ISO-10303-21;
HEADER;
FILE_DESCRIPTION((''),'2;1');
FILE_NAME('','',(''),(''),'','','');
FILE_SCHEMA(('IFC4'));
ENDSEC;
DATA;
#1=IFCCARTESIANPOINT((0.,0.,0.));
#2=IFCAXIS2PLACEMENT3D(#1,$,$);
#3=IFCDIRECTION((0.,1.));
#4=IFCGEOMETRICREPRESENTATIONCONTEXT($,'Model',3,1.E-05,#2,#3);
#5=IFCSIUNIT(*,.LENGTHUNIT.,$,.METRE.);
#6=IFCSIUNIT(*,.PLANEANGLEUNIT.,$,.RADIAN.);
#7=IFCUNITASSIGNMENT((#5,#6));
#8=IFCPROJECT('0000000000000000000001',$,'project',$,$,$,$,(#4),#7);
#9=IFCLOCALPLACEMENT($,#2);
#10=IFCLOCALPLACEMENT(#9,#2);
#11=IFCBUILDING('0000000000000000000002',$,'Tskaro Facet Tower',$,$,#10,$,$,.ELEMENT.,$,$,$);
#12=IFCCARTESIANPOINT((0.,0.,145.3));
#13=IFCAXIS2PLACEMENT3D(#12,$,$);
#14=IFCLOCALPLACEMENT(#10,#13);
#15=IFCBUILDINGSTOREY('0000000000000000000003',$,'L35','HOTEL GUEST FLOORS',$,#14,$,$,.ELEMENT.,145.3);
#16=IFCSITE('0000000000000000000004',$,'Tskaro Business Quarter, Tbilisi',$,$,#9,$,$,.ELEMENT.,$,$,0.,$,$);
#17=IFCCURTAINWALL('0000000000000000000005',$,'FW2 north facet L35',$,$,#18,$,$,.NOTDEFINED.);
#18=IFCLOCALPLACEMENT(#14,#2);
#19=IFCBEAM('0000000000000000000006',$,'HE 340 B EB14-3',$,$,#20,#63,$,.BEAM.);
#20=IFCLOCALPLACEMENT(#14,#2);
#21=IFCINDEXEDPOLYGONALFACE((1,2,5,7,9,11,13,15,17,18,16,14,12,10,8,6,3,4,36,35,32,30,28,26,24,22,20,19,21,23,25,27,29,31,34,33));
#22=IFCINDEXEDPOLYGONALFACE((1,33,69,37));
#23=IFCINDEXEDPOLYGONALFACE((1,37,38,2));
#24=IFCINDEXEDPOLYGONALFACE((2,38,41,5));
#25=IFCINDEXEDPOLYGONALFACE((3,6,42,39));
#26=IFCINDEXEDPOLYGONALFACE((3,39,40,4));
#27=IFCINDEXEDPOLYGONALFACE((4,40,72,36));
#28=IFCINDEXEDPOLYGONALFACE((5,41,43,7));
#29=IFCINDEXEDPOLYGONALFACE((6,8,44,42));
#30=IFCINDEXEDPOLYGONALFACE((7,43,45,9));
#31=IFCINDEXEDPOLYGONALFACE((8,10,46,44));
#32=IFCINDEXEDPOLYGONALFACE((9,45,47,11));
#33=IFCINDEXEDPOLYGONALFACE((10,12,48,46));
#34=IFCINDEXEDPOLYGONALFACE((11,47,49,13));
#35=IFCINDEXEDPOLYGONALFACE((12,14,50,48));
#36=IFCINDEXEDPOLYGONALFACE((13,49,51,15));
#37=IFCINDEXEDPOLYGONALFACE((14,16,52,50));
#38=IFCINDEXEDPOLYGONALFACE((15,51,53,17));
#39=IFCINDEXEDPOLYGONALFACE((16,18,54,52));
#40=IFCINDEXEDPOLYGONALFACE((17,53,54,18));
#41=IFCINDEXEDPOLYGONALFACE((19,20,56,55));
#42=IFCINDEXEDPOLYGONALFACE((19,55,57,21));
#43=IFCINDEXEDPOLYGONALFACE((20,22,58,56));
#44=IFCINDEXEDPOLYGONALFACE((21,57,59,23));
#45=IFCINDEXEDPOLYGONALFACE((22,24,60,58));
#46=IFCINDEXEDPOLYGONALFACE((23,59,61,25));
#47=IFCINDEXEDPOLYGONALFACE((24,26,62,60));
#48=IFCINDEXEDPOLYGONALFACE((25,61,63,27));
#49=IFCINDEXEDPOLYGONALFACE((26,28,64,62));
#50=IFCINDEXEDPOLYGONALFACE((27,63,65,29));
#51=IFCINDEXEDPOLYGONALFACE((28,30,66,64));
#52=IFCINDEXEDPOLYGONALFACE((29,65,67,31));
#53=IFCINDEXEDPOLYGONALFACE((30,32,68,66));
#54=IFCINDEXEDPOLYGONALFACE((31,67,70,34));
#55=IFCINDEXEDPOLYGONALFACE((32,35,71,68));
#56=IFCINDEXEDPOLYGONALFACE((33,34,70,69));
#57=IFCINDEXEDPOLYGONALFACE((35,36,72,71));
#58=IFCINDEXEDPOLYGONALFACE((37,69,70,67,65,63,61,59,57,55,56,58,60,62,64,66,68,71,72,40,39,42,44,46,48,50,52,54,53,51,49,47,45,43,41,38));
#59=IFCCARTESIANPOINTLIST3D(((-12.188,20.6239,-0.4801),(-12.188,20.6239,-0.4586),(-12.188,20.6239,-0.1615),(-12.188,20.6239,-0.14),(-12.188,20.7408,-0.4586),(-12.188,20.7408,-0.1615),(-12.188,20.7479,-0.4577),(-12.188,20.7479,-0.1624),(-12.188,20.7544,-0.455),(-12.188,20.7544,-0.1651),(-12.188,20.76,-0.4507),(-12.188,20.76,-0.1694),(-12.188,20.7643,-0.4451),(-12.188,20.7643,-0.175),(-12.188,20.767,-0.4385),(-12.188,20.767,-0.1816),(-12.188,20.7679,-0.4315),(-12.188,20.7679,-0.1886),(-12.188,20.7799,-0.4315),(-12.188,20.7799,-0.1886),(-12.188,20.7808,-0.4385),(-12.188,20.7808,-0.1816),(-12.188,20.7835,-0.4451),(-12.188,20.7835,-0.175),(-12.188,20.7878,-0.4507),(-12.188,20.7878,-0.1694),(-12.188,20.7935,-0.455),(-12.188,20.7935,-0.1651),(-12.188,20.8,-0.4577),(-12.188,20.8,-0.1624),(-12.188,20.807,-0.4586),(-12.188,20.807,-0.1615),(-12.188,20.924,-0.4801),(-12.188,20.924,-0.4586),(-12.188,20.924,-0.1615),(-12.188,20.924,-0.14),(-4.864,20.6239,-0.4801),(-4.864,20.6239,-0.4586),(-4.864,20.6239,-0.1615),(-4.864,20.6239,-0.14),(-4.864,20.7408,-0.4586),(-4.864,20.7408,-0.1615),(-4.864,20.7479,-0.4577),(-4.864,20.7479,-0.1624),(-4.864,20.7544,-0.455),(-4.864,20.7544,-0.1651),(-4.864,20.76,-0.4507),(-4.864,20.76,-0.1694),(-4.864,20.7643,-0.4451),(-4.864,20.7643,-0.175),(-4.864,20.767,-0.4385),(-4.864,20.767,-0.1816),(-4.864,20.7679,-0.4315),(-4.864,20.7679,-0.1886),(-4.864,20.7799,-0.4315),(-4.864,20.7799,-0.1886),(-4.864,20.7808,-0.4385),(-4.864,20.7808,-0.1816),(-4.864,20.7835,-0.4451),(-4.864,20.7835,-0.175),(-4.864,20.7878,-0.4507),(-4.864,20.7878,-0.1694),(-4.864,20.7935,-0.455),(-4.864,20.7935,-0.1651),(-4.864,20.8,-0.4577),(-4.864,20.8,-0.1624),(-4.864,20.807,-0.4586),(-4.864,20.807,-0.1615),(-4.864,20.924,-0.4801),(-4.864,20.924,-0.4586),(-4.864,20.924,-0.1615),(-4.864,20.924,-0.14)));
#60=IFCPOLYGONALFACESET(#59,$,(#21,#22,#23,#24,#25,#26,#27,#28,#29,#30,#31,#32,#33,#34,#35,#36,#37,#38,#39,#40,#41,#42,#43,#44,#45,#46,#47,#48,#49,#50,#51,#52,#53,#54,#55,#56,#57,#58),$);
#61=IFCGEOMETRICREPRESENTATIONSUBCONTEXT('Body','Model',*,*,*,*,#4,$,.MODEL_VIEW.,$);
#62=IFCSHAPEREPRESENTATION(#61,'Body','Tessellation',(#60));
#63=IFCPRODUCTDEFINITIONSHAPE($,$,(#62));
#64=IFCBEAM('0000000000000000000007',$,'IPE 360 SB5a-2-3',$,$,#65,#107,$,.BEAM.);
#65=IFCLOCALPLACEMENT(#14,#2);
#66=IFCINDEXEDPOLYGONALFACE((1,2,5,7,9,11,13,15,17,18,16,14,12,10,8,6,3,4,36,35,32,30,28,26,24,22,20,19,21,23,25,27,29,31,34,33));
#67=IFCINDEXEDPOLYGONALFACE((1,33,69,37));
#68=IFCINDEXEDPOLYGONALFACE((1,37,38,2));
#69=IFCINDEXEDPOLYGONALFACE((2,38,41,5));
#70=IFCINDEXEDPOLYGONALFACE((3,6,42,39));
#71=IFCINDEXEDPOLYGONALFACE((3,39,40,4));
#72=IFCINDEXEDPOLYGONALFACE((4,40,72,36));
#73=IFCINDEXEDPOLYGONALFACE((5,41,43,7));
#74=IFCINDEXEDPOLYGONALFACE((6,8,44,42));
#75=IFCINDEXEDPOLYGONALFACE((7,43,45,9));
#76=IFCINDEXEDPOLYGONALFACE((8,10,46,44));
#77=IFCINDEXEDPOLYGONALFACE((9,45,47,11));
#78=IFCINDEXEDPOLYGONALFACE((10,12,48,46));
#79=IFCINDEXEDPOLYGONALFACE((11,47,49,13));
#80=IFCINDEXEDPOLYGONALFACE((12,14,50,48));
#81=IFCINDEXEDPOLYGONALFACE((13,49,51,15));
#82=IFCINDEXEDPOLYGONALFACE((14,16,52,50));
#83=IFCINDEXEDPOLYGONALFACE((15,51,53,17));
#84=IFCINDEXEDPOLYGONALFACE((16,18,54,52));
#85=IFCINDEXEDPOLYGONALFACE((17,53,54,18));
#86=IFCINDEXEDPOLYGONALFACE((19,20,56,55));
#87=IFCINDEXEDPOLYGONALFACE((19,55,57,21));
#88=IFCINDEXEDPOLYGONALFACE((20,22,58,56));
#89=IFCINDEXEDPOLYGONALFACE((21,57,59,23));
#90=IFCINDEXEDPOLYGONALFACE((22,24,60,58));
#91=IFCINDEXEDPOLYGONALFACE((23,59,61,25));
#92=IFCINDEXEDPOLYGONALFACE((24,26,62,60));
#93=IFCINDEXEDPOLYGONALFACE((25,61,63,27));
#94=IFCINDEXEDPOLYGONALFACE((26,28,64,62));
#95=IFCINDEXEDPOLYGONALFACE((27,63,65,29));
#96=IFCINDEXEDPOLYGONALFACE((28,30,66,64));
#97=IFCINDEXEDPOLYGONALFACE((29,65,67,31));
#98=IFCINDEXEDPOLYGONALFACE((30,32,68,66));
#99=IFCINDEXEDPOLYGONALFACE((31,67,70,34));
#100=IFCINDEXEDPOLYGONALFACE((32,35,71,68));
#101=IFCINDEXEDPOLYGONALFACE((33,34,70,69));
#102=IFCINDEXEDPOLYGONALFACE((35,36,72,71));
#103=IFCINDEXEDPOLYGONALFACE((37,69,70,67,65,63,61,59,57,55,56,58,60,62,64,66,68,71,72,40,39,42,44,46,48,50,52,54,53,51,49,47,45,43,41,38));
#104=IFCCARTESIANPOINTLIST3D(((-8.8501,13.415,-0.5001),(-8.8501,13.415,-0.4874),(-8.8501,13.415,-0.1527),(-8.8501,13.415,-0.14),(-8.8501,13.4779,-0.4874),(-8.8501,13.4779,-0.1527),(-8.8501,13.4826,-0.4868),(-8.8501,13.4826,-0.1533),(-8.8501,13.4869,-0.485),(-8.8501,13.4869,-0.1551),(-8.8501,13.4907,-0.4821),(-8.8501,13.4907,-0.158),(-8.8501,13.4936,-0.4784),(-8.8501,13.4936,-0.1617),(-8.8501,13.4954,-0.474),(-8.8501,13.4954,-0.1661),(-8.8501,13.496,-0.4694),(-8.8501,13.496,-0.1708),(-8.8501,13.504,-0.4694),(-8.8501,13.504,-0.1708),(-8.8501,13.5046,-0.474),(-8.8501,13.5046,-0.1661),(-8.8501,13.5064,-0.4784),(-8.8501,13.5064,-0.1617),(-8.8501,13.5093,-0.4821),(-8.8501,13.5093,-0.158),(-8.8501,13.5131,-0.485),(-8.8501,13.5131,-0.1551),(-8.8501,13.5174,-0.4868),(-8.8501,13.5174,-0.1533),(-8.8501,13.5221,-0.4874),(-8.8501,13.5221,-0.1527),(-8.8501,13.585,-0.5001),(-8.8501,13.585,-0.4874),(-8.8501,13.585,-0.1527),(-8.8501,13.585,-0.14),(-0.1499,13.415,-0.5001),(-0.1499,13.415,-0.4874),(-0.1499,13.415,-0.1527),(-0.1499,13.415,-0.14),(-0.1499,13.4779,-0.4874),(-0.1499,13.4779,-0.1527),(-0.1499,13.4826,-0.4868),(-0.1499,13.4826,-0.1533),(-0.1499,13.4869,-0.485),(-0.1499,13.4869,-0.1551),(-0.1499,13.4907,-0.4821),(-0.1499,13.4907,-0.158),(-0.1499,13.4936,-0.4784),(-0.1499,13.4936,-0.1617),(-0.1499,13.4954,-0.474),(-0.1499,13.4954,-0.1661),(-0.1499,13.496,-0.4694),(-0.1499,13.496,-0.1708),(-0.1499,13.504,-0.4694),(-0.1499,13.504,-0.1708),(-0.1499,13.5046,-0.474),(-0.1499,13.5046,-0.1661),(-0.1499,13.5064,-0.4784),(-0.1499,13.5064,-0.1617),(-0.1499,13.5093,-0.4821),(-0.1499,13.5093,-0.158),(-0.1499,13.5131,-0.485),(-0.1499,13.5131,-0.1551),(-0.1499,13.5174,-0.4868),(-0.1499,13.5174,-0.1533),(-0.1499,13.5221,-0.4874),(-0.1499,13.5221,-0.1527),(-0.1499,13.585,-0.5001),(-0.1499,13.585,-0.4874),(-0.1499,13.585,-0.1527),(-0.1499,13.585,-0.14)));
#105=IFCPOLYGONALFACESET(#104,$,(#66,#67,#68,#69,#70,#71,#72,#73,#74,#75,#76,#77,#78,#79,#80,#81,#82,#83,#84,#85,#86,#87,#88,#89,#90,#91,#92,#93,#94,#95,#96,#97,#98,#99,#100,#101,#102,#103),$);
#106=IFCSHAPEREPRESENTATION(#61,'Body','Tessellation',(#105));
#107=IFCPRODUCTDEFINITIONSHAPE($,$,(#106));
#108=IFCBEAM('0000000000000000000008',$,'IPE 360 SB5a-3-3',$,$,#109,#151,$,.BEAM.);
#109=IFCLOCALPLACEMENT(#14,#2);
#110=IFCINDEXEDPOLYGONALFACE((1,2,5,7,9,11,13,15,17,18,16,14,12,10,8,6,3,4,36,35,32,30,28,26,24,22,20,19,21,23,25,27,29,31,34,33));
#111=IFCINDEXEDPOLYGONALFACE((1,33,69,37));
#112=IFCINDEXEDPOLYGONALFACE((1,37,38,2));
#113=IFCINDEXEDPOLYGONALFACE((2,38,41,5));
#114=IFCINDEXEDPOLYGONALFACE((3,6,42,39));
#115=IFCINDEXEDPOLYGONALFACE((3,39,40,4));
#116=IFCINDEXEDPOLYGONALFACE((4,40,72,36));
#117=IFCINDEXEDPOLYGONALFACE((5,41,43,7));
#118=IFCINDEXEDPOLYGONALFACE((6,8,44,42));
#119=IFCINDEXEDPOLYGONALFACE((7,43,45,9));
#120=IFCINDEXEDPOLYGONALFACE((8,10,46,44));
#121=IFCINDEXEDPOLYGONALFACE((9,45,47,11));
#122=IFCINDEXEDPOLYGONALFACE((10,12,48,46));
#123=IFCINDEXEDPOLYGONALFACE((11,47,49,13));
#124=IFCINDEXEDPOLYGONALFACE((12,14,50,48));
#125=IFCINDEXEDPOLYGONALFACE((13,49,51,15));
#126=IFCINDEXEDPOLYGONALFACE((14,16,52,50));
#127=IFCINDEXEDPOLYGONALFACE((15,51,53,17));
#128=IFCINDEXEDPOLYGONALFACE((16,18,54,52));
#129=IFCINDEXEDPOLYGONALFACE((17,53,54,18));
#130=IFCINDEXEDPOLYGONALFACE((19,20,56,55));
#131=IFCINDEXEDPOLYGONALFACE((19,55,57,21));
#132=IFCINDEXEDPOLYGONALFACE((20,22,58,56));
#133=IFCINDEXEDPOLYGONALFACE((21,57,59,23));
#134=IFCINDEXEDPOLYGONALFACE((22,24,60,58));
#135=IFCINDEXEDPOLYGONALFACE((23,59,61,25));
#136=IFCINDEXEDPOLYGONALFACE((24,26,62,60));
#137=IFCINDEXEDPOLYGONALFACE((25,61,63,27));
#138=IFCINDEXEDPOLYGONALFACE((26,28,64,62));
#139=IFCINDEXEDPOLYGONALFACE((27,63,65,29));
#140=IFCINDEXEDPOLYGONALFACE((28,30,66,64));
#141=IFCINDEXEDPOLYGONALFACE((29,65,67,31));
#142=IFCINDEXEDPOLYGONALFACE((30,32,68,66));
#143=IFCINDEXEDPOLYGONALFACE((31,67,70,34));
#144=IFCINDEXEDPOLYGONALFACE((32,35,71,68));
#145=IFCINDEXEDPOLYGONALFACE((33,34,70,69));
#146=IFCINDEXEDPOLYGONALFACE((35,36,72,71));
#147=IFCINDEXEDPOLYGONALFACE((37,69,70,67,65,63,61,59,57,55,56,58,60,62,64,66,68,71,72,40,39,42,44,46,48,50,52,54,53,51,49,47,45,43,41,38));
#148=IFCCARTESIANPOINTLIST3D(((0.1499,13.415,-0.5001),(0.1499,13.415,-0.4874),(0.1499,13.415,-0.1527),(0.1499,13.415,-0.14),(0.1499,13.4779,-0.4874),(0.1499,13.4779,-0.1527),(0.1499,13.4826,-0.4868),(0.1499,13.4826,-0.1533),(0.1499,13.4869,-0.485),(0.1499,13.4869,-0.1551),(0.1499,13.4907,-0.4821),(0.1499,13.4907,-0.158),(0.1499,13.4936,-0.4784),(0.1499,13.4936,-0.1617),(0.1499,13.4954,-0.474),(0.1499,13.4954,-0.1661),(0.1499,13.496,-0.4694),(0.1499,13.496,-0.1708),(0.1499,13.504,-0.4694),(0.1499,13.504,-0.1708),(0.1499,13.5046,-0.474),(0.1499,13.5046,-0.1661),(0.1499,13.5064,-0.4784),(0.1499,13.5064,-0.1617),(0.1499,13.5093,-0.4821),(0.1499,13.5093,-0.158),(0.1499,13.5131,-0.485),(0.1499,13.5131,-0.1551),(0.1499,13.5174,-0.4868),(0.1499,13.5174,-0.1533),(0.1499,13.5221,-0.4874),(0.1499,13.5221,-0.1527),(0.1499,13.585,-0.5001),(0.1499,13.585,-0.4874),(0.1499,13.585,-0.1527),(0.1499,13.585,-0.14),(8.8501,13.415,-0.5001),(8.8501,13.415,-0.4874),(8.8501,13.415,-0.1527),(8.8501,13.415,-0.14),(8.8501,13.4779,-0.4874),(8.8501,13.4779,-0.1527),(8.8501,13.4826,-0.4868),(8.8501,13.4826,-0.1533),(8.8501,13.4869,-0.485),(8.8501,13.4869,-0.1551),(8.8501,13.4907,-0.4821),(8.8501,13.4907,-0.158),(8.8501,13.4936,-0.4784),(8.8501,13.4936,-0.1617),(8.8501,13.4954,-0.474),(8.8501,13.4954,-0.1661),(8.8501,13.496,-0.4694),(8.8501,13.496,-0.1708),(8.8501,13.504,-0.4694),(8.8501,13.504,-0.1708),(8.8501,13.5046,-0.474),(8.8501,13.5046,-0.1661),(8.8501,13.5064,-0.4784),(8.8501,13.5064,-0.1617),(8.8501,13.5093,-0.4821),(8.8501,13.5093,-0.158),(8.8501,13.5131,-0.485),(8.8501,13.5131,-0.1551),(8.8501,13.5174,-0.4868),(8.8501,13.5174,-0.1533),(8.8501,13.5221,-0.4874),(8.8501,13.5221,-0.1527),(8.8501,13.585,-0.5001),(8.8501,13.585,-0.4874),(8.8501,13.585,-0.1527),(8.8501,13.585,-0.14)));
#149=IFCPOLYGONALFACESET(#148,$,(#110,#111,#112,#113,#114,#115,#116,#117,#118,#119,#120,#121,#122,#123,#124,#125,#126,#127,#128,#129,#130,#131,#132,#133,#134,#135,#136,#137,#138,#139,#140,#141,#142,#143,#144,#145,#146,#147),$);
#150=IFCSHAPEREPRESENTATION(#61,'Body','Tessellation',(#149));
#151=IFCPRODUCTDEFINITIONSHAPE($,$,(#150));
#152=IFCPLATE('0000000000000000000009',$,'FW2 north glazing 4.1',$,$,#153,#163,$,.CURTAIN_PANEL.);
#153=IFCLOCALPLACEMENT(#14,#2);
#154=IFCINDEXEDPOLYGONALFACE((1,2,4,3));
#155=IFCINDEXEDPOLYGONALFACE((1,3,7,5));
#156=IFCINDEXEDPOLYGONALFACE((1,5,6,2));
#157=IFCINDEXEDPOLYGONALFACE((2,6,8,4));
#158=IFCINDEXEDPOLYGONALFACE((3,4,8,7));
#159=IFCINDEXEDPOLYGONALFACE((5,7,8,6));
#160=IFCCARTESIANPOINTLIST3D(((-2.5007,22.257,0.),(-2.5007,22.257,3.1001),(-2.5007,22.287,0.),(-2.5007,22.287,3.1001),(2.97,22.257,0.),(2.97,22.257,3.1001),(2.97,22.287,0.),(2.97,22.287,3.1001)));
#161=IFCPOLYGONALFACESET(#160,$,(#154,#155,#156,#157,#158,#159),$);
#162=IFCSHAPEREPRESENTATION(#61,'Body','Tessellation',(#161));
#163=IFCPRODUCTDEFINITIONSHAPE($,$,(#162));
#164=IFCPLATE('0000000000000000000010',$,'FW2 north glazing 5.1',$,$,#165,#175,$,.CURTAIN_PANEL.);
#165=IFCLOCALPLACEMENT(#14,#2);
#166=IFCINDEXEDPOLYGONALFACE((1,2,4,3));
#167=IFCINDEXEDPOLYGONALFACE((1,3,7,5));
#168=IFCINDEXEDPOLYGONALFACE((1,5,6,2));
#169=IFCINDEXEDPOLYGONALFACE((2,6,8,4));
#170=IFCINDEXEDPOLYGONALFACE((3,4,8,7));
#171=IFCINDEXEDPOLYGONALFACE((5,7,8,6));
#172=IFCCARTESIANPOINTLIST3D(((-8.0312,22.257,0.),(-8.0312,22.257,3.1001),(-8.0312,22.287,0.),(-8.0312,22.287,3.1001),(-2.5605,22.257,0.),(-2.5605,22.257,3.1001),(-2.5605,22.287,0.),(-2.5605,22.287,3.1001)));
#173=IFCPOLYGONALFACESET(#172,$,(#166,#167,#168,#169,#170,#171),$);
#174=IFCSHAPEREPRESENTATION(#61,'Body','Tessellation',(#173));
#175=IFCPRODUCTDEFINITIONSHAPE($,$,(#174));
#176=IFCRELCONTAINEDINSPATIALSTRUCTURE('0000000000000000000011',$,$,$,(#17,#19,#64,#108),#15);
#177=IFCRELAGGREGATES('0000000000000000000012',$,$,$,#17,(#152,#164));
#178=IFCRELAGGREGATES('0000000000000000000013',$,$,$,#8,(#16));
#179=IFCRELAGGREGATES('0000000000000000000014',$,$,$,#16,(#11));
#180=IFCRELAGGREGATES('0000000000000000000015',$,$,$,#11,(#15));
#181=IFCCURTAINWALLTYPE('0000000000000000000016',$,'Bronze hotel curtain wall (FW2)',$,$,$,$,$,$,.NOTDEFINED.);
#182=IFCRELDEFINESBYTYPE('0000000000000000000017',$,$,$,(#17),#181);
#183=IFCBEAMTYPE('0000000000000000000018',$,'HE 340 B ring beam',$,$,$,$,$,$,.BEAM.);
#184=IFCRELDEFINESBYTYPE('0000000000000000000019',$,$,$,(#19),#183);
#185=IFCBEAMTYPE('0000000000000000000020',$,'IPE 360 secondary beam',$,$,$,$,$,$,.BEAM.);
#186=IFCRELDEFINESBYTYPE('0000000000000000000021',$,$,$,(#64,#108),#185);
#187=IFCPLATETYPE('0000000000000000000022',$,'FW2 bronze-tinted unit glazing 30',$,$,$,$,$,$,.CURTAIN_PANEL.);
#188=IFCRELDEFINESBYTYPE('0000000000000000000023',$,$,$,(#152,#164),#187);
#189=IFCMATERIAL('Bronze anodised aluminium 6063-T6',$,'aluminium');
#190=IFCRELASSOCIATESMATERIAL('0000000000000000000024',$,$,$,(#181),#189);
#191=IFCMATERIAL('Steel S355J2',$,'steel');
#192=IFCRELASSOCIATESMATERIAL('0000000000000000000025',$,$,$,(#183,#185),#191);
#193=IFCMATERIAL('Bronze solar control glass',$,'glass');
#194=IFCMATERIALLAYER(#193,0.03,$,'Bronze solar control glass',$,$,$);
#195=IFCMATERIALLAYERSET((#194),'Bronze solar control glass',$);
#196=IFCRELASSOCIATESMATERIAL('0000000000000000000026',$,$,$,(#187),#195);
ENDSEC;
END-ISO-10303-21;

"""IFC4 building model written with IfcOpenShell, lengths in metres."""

from ifc_helpers import new_model, si_unit, direction, frame, origin, origin_2d, place, context, subcontext, project, spatial, rectangle, i_section, extrude, material, layer, layer_set, material_profile, profile_set, type_object, element, aggregate, save


model = new_model("IFC4")

# Units and contexts
model_context = context("Model", 3, precision=1e-05, world=origin(), true_north=direction((0.0, 1.0)))
body_context = subcontext(model_context, "Body", "Model", "MODEL_VIEW")
ifc_project = project(units=[si_unit("LENGTHUNIT", "METRE"), si_unit("PLANEANGLEUNIT", "RADIAN")], contexts=[model_context])

# Site, building, storey
site_placement = place(None, origin())
site = spatial("IfcSite", under=ifc_project, at=site_placement, Name="Tskaro Business Quarter, Tbilisi", CompositionType="ELEMENT", RefElevation=0.0)
building_placement = place(site_placement, origin())
building = spatial("IfcBuilding", under=site, at=building_placement, Name="Tskaro Facet Tower", CompositionType="ELEMENT")
storey_placement = place(building_placement, frame((0.0, 0.0, 145.3)))
storey = spatial("IfcBuildingStorey", under=building, at=storey_placement, Name="L35", Description="HOTEL GUEST FLOORS", CompositionType="ELEMENT", Elevation=145.3)

# Curtain wall
ifc_material_1 = material(Name="Bronze anodised aluminium 6063-T6", Category="aluminium")
curtain_wall_type = type_object("IfcCurtainWallType", Name="Bronze hotel curtain wall (FW2)", PredefinedType="NOTDEFINED", material=ifc_material_1)
curtain_wall_placement = place(storey_placement, origin())
curtain_wall = element("IfcCurtainWall", 1, at=curtain_wall_placement, inside=storey, type_object=curtain_wall_type, Name="FW2 north facet L35", PredefinedType="NOTDEFINED")

# Beams
ifc_material_2 = material(Name="Steel S355J2", Category="steel")
ifc_material_profile_1 = material_profile(ifc_material_2, i_section(OverallWidth=0.3, OverallDepth=0.3401, WebThickness=0.012, FlangeThickness=0.0215, FilletRadius=0.0271, at=origin_2d()), Name="HE 340 B")
ifc_profile_set_1 = profile_set([ifc_material_profile_1], Name="Steel S355J2")
beam_type_1 = type_object("IfcBeamType", Name="HE 340 B ring beam", PredefinedType="BEAM", material=ifc_profile_set_1)
for number, where, z_axis, x_axis, name in (
    (2, (-4.864, 20.7739, -0.3101), (-1.0, 0.0, 0.0), (0.0, -1.0, 0.0), "HE 340 B EB14-3"),
):
    element("IfcBeam", number, at=place(storey_placement, frame(where, z_axis=z_axis, x_axis=x_axis)), inside=storey, type_object=beam_type_1, Name=name, PredefinedType="BEAM", context=body_context, shape_type="SweptSolid", body=[
        extrude(i_section(OverallWidth=0.3, OverallDepth=0.3401, WebThickness=0.012, FlangeThickness=0.0215, FilletRadius=0.0271, at=origin_2d()), origin(), (0.0, 0.0, 1.0), 7.324),
    ])
ifc_material_profile_2 = material_profile(ifc_material_2, i_section(OverallWidth=0.1699, OverallDepth=0.3601, WebThickness=0.0081, FlangeThickness=0.0127, FilletRadius=0.0181, at=origin_2d()), Name="IPE 360")
ifc_profile_set_2 = profile_set([ifc_material_profile_2], Name="Steel S355J2")
beam_type_2 = type_object("IfcBeamType", Name="IPE 360 secondary beam", PredefinedType="BEAM", material=ifc_profile_set_2)
for number, where, z_axis, x_axis, name in (
    (3, (-8.8501, 13.5, -0.3201), (1.0, 0.0, 0.0), (0.0, 1.0, 0.0), "IPE 360 SB5a-2-3"),
    (4, (0.1499, 13.5, -0.3201), (1.0, 0.0, 0.0), (0.0, 1.0, 0.0), "IPE 360 SB5a-3-3"),
):
    element("IfcBeam", number, at=place(storey_placement, frame(where, z_axis=z_axis, x_axis=x_axis)), inside=storey, type_object=beam_type_2, Name=name, PredefinedType="BEAM", context=body_context, shape_type="SweptSolid", body=[
        extrude(i_section(OverallWidth=0.1699, OverallDepth=0.3601, WebThickness=0.0081, FlangeThickness=0.0127, FilletRadius=0.0181, at=origin_2d()), origin(), (0.0, 0.0, 1.0), 8.7002),
    ])

# Plates
ifc_material_3 = material(Name="Bronze solar control glass", Category="glass")
ifc_layer_1 = layer(ifc_material_3, 0.03, Name="Bronze solar control glass")
ifc_layer_set_1 = layer_set([ifc_layer_1], Name="Bronze solar control glass")
plate_type = type_object("IfcPlateType", Name="FW2 bronze-tinted unit glazing 30", PredefinedType="CURTAIN_PANEL", material=ifc_layer_set_1)
plate_1_placement = place(storey_placement, frame((0.2346, 22.272, 0.0), z_axis=(0.0, 0.0, 1.0), x_axis=(-1.0, 0.0, 0.0)))
plate_1 = element("IfcPlate", 5, at=plate_1_placement, type_object=plate_type, Name="FW2 north glazing 4.1", PredefinedType="CURTAIN_PANEL", context=body_context, shape_type="SweptSolid", body=[
    extrude(rectangle(XDim=5.4707, YDim=0.03, at=origin_2d()), origin(), (0.0, 0.0, 1.0), 3.1001),
])
plate_2_placement = place(storey_placement, frame((-5.2959, 22.272, 0.0), z_axis=(0.0, 0.0, 1.0), x_axis=(-1.0, 0.0, 0.0)))
plate_2 = element("IfcPlate", 6, at=plate_2_placement, type_object=plate_type, Name="FW2 north glazing 5.1", PredefinedType="CURTAIN_PANEL", context=body_context, shape_type="SweptSolid", body=[
    extrude(rectangle(XDim=5.4707, YDim=0.03, at=origin_2d()), origin(), (0.0, 0.0, 1.0), 3.1001),
])
aggregate(curtain_wall, [plate_1, plate_2])

save(model, "model.ifc")
